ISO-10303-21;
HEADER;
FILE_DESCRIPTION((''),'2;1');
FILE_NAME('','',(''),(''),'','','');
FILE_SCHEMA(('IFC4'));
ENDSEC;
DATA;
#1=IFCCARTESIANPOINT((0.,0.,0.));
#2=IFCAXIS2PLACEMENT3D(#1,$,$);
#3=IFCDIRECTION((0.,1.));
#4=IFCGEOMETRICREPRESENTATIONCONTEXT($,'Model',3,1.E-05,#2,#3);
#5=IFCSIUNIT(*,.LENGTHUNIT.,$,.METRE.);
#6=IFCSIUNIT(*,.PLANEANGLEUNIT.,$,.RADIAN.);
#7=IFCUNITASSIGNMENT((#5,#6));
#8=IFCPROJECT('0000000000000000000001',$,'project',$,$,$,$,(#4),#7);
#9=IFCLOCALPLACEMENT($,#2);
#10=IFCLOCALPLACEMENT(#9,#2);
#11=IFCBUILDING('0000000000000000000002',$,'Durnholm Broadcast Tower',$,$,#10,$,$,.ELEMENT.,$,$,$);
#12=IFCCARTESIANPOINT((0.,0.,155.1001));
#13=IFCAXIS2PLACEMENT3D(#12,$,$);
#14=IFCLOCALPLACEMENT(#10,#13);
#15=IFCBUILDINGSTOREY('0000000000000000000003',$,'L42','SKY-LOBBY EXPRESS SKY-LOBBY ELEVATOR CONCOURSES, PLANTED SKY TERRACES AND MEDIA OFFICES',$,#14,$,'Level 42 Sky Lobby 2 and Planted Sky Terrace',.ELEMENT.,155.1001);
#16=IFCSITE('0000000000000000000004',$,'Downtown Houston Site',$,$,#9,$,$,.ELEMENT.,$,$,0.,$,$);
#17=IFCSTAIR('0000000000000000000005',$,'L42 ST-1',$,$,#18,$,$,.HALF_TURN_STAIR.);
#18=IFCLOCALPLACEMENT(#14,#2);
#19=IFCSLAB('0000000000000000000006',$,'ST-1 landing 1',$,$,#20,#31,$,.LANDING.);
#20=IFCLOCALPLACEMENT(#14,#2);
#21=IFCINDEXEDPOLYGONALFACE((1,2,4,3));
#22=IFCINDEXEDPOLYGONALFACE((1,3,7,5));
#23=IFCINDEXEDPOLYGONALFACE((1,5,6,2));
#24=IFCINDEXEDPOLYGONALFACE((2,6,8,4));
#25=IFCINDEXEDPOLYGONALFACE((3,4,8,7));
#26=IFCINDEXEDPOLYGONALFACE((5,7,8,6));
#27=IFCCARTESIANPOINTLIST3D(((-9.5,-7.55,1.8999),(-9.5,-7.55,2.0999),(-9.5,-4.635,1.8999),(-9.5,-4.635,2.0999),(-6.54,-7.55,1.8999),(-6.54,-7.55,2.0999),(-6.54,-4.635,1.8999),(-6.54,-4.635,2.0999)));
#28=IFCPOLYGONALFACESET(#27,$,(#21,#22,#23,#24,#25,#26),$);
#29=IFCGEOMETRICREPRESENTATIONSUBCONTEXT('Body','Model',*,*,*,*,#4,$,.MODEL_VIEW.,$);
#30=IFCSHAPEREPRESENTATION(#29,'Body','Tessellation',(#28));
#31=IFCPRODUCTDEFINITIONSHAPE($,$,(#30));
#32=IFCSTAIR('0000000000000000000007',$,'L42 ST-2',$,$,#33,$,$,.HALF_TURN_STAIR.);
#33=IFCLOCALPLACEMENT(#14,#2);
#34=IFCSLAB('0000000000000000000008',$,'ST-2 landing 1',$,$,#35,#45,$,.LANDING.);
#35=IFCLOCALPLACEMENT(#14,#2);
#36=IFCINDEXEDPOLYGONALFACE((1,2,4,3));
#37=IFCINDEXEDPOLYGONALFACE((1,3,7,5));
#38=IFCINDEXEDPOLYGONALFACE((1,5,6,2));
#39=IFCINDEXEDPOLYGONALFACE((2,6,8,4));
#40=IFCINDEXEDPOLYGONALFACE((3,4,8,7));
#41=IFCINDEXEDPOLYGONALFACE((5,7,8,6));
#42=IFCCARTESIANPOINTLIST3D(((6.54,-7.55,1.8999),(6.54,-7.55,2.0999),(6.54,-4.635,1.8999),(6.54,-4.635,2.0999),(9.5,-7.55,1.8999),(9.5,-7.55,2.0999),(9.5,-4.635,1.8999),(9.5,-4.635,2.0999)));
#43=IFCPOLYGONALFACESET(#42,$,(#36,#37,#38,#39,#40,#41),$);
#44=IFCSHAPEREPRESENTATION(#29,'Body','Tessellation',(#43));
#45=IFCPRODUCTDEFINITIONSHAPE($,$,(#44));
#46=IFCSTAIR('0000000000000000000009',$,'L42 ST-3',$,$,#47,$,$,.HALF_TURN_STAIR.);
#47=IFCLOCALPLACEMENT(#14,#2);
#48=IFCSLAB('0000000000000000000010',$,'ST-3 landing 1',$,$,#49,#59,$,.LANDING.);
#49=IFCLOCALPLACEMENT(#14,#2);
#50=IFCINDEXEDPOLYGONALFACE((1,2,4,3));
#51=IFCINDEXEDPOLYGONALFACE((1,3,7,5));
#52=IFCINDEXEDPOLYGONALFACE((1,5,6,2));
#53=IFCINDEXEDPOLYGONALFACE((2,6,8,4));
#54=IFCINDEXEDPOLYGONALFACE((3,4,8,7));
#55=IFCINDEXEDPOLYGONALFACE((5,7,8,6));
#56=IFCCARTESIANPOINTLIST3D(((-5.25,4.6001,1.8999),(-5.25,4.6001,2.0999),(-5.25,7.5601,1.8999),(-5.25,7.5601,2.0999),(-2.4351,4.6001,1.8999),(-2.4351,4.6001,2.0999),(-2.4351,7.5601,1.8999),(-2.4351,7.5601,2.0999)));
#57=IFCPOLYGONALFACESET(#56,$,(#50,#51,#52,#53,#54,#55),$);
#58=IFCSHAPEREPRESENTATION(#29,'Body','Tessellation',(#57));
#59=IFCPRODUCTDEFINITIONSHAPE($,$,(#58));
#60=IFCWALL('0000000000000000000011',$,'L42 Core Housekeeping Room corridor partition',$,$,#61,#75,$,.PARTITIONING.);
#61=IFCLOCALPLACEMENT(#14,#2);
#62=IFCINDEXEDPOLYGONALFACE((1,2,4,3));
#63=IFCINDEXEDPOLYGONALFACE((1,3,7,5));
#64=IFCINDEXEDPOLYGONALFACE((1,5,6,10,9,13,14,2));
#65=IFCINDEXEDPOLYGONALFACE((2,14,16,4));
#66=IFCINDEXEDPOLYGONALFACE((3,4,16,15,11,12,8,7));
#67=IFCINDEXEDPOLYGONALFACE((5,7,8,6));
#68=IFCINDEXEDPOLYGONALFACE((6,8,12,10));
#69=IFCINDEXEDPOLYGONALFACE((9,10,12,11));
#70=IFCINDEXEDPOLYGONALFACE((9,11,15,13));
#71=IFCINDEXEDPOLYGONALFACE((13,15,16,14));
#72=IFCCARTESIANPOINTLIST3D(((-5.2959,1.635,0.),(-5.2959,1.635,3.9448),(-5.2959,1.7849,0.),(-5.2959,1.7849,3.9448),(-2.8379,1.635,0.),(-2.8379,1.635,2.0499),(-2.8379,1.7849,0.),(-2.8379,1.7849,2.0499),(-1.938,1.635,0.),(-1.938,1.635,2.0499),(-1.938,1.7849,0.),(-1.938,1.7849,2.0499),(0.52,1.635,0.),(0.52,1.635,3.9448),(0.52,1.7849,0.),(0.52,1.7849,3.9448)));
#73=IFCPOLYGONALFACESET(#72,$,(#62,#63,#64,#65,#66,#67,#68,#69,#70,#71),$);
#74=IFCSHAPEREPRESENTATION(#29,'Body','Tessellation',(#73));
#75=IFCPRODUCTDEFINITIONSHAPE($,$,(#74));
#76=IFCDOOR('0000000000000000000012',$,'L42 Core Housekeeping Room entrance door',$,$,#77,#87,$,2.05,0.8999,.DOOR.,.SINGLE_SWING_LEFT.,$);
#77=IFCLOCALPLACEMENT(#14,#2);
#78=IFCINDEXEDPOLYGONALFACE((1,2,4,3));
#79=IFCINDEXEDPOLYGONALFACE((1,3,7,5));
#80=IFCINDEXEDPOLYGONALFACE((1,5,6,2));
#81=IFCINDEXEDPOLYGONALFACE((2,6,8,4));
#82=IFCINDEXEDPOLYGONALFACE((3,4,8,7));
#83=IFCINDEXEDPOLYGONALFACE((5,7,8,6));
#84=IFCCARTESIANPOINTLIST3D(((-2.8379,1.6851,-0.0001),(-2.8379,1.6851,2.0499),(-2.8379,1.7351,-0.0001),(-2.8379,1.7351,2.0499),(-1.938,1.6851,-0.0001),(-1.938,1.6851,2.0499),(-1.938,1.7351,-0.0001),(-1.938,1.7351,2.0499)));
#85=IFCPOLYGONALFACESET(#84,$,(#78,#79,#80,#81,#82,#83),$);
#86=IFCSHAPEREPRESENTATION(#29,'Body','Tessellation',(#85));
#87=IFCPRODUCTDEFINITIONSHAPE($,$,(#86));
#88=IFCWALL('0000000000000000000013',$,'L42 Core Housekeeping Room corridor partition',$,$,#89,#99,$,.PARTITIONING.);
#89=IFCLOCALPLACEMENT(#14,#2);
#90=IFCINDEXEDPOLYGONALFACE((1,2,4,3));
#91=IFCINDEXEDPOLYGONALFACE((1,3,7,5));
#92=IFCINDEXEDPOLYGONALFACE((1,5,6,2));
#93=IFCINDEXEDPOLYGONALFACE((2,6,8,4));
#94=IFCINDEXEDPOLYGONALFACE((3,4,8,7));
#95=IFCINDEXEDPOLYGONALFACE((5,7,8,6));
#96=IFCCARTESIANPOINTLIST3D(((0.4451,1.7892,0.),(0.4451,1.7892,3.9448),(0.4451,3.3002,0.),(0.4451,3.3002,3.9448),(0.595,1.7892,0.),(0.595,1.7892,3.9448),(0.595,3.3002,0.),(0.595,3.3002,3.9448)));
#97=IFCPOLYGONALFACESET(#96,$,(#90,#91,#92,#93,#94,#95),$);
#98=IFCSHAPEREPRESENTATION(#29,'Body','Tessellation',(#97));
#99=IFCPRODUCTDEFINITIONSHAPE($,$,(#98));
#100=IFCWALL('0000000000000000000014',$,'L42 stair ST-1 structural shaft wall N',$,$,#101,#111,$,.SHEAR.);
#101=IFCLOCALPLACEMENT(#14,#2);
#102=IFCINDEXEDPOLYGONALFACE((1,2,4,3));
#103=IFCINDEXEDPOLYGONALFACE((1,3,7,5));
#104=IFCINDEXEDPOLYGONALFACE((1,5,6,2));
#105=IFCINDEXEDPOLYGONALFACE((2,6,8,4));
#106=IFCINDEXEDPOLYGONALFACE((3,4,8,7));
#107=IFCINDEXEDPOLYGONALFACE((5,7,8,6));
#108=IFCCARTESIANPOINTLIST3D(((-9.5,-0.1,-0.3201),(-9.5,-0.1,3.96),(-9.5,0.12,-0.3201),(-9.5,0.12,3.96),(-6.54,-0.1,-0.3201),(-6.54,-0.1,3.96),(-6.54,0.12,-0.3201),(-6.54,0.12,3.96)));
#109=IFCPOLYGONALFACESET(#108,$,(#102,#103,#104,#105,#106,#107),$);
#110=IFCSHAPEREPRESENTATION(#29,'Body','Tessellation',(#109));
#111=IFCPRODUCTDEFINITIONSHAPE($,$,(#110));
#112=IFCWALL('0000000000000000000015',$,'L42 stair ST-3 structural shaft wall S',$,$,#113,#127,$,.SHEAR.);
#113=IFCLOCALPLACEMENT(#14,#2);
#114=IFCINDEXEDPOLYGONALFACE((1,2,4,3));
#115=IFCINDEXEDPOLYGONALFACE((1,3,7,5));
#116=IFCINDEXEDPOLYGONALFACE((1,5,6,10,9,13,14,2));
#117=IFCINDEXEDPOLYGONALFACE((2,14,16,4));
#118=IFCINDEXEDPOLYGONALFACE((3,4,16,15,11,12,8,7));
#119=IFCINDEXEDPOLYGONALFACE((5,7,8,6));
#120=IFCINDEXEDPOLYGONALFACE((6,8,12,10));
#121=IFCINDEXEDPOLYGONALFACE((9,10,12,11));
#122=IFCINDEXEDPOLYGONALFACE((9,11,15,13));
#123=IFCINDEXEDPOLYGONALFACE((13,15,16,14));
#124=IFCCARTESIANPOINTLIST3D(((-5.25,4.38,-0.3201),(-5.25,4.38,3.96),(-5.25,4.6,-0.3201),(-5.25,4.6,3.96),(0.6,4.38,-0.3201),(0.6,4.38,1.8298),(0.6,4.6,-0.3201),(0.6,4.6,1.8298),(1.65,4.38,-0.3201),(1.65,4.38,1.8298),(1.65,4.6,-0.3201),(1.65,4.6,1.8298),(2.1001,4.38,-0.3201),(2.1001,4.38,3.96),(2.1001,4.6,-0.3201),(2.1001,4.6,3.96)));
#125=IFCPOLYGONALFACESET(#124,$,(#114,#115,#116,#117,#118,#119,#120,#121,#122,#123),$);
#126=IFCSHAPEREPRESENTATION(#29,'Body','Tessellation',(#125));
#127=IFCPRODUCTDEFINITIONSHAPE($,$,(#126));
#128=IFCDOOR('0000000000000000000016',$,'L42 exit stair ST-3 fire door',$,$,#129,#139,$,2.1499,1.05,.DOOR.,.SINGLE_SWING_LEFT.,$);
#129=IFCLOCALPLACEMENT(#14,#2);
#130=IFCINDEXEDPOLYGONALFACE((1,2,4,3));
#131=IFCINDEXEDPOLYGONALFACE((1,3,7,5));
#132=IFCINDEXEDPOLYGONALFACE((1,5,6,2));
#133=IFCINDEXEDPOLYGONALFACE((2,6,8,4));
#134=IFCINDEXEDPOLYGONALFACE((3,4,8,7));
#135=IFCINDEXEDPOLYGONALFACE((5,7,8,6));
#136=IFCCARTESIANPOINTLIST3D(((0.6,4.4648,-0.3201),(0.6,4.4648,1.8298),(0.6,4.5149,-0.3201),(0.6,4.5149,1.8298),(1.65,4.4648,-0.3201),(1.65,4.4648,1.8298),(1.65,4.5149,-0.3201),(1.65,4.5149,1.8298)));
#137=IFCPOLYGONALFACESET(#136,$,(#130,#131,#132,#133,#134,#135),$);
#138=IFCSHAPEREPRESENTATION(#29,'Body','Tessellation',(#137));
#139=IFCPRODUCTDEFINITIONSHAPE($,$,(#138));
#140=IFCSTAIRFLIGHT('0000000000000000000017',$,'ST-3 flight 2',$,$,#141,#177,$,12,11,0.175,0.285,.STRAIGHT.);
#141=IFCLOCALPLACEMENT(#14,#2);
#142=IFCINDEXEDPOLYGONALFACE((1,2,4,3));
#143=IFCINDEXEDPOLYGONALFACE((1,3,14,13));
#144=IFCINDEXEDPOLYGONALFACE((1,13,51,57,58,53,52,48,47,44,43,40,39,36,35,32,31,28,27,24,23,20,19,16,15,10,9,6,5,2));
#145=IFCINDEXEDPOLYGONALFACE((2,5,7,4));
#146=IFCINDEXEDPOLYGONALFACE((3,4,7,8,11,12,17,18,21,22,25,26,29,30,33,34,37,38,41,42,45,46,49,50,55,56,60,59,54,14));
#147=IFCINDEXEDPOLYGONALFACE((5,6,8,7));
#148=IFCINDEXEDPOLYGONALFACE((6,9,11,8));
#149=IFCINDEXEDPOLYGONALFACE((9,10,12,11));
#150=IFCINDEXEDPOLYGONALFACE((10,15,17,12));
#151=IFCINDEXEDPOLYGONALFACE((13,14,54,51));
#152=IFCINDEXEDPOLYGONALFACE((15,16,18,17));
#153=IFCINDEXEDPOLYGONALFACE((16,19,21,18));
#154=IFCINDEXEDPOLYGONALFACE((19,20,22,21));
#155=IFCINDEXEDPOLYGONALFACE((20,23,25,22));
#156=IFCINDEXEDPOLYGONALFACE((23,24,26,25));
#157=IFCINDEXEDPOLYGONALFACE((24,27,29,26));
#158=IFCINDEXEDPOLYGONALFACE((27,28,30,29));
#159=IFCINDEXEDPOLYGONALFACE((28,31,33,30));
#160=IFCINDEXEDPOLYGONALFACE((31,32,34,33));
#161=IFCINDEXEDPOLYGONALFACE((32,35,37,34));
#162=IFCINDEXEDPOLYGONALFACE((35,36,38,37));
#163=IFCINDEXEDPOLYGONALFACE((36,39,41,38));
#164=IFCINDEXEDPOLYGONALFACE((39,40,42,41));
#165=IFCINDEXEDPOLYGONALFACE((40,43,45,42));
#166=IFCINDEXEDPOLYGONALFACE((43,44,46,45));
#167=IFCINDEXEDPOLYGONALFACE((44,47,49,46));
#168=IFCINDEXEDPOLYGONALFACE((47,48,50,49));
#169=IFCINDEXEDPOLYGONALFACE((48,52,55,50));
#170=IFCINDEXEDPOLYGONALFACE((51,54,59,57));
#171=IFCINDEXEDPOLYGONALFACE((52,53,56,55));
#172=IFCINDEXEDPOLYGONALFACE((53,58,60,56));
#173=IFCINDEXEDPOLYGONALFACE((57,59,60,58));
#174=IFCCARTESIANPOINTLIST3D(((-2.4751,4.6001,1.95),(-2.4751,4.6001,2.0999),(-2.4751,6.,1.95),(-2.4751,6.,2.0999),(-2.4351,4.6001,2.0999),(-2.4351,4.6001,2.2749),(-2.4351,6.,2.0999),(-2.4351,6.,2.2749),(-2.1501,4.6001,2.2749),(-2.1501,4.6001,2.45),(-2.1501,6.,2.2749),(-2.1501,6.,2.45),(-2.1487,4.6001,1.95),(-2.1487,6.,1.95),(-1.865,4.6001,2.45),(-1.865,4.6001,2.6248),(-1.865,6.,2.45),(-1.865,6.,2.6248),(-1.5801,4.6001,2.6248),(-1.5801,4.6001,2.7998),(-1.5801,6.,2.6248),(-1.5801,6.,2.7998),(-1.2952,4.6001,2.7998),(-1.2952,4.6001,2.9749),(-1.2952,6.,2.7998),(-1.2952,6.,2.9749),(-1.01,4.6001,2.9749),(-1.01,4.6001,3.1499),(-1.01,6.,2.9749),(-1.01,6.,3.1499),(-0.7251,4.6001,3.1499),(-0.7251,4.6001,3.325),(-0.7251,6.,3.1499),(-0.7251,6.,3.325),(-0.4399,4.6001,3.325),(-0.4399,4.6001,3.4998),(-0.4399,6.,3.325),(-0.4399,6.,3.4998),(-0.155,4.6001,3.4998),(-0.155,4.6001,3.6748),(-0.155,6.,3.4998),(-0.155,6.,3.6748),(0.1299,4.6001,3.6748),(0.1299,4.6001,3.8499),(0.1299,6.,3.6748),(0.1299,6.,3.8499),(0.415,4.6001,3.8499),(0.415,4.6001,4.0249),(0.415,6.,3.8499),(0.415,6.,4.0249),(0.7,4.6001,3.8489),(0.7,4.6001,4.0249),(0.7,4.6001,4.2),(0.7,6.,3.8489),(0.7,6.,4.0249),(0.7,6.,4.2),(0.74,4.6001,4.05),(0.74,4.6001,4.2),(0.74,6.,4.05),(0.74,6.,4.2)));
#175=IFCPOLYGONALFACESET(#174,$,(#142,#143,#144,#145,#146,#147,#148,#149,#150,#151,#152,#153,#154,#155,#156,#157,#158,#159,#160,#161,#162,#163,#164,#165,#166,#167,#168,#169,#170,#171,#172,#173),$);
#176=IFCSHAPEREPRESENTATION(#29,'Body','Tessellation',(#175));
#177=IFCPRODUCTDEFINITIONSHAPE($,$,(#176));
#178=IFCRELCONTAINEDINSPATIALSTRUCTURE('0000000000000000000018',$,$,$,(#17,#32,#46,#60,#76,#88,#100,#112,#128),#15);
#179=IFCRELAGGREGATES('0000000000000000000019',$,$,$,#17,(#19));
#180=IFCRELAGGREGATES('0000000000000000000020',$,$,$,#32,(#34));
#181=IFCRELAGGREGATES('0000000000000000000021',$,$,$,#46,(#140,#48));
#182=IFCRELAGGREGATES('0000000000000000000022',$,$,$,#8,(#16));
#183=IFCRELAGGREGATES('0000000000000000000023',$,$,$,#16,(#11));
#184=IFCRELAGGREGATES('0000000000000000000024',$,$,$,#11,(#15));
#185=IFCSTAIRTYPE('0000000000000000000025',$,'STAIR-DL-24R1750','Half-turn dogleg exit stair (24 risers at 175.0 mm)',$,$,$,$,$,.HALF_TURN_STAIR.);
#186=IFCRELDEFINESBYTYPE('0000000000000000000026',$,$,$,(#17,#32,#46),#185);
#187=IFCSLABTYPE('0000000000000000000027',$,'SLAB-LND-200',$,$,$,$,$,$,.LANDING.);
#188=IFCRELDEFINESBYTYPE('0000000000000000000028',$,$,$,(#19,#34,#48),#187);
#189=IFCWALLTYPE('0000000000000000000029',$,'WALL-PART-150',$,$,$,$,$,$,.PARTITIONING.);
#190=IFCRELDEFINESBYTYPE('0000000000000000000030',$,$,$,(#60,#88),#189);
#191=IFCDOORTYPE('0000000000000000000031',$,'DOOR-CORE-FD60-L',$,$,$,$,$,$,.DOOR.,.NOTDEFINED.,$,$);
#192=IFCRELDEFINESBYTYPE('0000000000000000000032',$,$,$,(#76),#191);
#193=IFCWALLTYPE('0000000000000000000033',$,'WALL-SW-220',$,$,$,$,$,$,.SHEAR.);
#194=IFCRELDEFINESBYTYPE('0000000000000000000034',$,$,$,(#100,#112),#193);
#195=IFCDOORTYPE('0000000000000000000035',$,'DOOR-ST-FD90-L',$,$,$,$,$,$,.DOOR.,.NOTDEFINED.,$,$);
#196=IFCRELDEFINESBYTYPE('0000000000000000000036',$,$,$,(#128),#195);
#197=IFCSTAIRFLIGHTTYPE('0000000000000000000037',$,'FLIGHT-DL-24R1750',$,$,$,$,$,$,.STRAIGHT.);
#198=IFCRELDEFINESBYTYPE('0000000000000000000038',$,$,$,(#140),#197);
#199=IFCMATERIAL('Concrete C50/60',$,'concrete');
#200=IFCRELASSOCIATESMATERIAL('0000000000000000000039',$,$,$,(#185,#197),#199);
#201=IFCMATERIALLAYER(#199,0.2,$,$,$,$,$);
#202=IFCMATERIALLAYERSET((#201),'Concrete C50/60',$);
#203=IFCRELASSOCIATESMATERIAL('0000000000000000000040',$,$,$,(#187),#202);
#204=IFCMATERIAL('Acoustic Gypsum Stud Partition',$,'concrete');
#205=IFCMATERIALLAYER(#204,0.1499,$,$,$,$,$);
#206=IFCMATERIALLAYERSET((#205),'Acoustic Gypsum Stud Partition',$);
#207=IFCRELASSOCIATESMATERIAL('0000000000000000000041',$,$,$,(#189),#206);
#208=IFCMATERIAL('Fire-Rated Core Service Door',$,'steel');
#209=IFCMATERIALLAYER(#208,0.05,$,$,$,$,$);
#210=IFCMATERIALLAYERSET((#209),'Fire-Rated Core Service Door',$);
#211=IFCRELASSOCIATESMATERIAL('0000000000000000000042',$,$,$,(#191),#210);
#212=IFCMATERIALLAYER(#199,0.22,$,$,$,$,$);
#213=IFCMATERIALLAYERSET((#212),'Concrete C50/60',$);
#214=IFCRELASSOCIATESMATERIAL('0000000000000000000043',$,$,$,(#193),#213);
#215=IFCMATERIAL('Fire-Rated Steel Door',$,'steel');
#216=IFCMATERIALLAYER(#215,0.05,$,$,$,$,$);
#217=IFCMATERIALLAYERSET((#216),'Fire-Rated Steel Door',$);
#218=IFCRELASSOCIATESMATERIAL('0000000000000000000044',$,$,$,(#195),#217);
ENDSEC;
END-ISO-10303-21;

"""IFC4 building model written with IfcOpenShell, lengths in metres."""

from ifc_helpers import new_model, si_unit, direction, frame, frame_2d, origin, place, context, subcontext, project, spatial, polyline, rectangle, outline, extrude, source, transform, mapped, material, layer, layer_set, type_object, type_shapes, element, fill, aggregate, save


model = new_model("IFC4")

# Units and contexts
model_context = context("Model", 3, precision=1e-05, world=origin(), true_north=direction((0.0, 1.0)))
body_context = subcontext(model_context, "Body", "Model", "MODEL_VIEW")
ifc_project = project(units=[si_unit("LENGTHUNIT", "METRE"), si_unit("PLANEANGLEUNIT", "RADIAN")], contexts=[model_context])

# Site, building, storey
site_placement = place(None, origin())
site = spatial("IfcSite", under=ifc_project, at=site_placement, Name="Downtown Houston Site", CompositionType="ELEMENT", RefElevation=0.0)
building_placement = place(site_placement, origin())
building = spatial("IfcBuilding", under=site, at=building_placement, Name="Durnholm Broadcast Tower", CompositionType="ELEMENT")
storey_placement = place(building_placement, frame((0.0, 0.0, 155.1001)))
storey = spatial("IfcBuildingStorey", under=building, at=storey_placement, Name="L42", Description="SKY-LOBBY EXPRESS SKY-LOBBY ELEVATOR CONCOURSES, PLANTED SKY TERRACES AND MEDIA OFFICES", LongName="Level 42 Sky Lobby 2 and Planted Sky Terrace", CompositionType="ELEMENT", Elevation=155.1001)

# Stairs, slabs
ifc_material_1 = material(Name="Concrete C50/60", Category="concrete")
stair_type = type_object("IfcStairType", Name="STAIR-DL-24R1750", Description="Half-turn dogleg exit stair (24 risers at 175.0 mm)", PredefinedType="HALF_TURN_STAIR", material=ifc_material_1)
stair_1_placement = place(storey_placement, origin())
stair_1 = element("IfcStair", 1, at=stair_1_placement, inside=storey, type_object=stair_type, Name="L42 ST-1", PredefinedType="HALF_TURN_STAIR")
ifc_layer_1 = layer(ifc_material_1, 0.2)
ifc_layer_set_1 = layer_set([ifc_layer_1], Name="Concrete C50/60")
slab_type = type_object("IfcSlabType", Name="SLAB-LND-200", PredefinedType="LANDING", material=ifc_layer_set_1)
slab_1_placement = place(storey_placement, frame((0.0, 0.0, 1.8999)))
slab_1 = element("IfcSlab", 2, at=slab_1_placement, type_object=slab_type, Name="ST-1 landing 1", PredefinedType="LANDING", context=body_context, shape_type="SweptSolid", body=[
    extrude(outline(polyline([(-9.5, -4.635), (-9.5, -7.55), (-6.54, -7.55), (-6.54, -4.635), (-9.5, -4.635)])), origin(), (0.0, 0.0, 1.0), 0.2),
])
aggregate(stair_1, [slab_1])
stair_2_placement = place(storey_placement, origin())
stair_2 = element("IfcStair", 3, at=stair_2_placement, inside=storey, type_object=stair_type, Name="L42 ST-2", PredefinedType="HALF_TURN_STAIR")
slab_2_placement = place(storey_placement, frame((0.0, 0.0, 1.8999)))
slab_2 = element("IfcSlab", 4, at=slab_2_placement, type_object=slab_type, Name="ST-2 landing 1", PredefinedType="LANDING", context=body_context, shape_type="SweptSolid", body=[
    extrude(outline(polyline([(6.54, -4.635), (6.54, -7.55), (9.5, -7.55), (9.5, -4.635), (6.54, -4.635)])), origin(), (0.0, 0.0, 1.0), 0.2),
])
aggregate(stair_2, [slab_2])
stair_3_placement = place(storey_placement, origin())
stair_3 = element("IfcStair", 5, at=stair_3_placement, inside=storey, type_object=stair_type, Name="L42 ST-3", PredefinedType="HALF_TURN_STAIR")
slab_3_placement = place(storey_placement, frame((0.0, 0.0, 1.8999)))
slab_3 = element("IfcSlab", 6, at=slab_3_placement, type_object=slab_type, Name="ST-3 landing 1", PredefinedType="LANDING", context=body_context, shape_type="SweptSolid", body=[
    extrude(outline(polyline([(-2.4351, 7.5601), (-5.25, 7.5601), (-5.25, 4.6001), (-2.4351, 4.6001), (-2.4351, 7.5601)])), origin(), (0.0, 0.0, 1.0), 0.2),
])

# Wall, opening, door
ifc_material_2 = material(Name="Acoustic Gypsum Stud Partition", Category="concrete")
ifc_layer_2 = layer(ifc_material_2, 0.1499)
ifc_layer_set_2 = layer_set([ifc_layer_2], Name="Acoustic Gypsum Stud Partition")
wall_type_1 = type_object("IfcWallType", Name="WALL-PART-150", PredefinedType="PARTITIONING", material=ifc_layer_set_2)
wall_1_placement = place(storey_placement, frame((0.52, 1.71, 0.0), z_axis=(0.0, 0.0, 1.0), x_axis=(-1.0, 0.0, 0.0)))
wall_1 = element("IfcWall", 7, at=wall_1_placement, inside=storey, type_object=wall_type_1, Name="L42 Core Housekeeping Room corridor partition", PredefinedType="PARTITIONING", context=body_context, shape_type="SweptSolid", body=[
    extrude(rectangle(XDim=5.8159, YDim=0.1499, at=frame_2d((2.908, 0.0))), origin(), (0.0, 0.0, 1.0), 3.9448),
])
opening_1_placement = place(wall_1_placement, frame((2.458, 0.0, 0.0)))
opening_1 = element("IfcOpeningElement", 8, at=opening_1_placement, cuts=wall_1, PredefinedType="OPENING", context=body_context, shape_type="SweptSolid", body=[
    extrude(rectangle(XDim=0.8999, YDim=2.05, at=frame_2d((0.45, 1.0249))), frame((0.0, 0.085, 0.0), z_axis=(0.0, -1.0, 0.0), x_axis=(1.0, 0.0, 0.0)), (0.0, 0.0, 1.0), 0.1699),
])
ifc_material_3 = material(Name="Fire-Rated Core Service Door", Category="steel")
ifc_layer_3 = layer(ifc_material_3, 0.05)
ifc_layer_set_3 = layer_set([ifc_layer_3], Name="Fire-Rated Core Service Door")
door_type_1 = type_object("IfcDoorType", Name="DOOR-CORE-FD60-L", OperationType="NOTDEFINED", PredefinedType="DOOR", material=ifc_layer_set_3)
shared_shape_1 = source(origin(), body_context, "Body", "SweptSolid", [
    extrude(rectangle(XDim=0.8999, YDim=2.05, at=frame_2d((0.45, 1.0249))), frame((0.0, 0.0249, 0.0), z_axis=(0.0, -1.0, 0.0), x_axis=(1.0, 0.0, 0.0)), (0.0, 0.0, 1.0), 0.05),
])
type_shapes(door_type_1, [shared_shape_1])
door_1_placement = place(opening_1_placement, origin())
door_1 = element("IfcDoor", 9, at=door_1_placement, inside=storey, type_object=door_type_1, Name="L42 Core Housekeeping Room entrance door", OperationType="SINGLE_SWING_LEFT", OverallHeight=2.05, OverallWidth=0.8999, PredefinedType="DOOR", context=body_context, shape_type="MappedRepresentation", body=[
    mapped(shared_shape_1, transform((0.0, 0.0, 0.0), x_axis=(1.0, 0.0, 0.0), y_axis=(0.0, 1.0, 0.0), z_axis=(0.0, 0.0, 1.0), scale=1.0)),
])
fill(opening_1, door_1)

# Walls
wall_2_placement = place(storey_placement, frame((0.52, 3.3, 0.0), z_axis=(0.0, 0.0, 1.0), x_axis=(0.0, -1.0, 0.0)))
element("IfcWall", 10, at=wall_2_placement, inside=storey, type_object=wall_type_1, Name="L42 Core Housekeeping Room corridor partition", PredefinedType="PARTITIONING", context=body_context, shape_type="SweptSolid", body=[
    extrude(rectangle(XDim=1.511, YDim=0.1499, at=frame_2d((0.7554, 0.0))), origin(), (0.0, 0.0, 1.0), 3.9448),
])
ifc_layer_4 = layer(ifc_material_1, 0.22)
ifc_layer_set_4 = layer_set([ifc_layer_4], Name="Concrete C50/60")
wall_type_2 = type_object("IfcWallType", Name="WALL-SW-220", PredefinedType="SHEAR", material=ifc_layer_set_4)
wall_3_placement = place(storey_placement, frame((-6.54, 0.01, -0.3201), z_axis=(0.0, 0.0, 1.0), x_axis=(-1.0, 0.0, 0.0)))
element("IfcWall", 11, at=wall_3_placement, inside=storey, type_object=wall_type_2, Name="L42 stair ST-1 structural shaft wall N", PredefinedType="SHEAR", context=body_context, shape_type="SweptSolid", body=[
    extrude(rectangle(XDim=2.96, YDim=0.22, at=frame_2d((1.48, 0.0))), origin(), (0.0, 0.0, 1.0), 4.28),
])

# Wall, opening, door
wall_4_placement = place(storey_placement, frame((-5.25, 4.49, -0.3201), z_axis=(0.0, 0.0, 1.0), x_axis=(1.0, 0.0, 0.0)))
wall_4 = element("IfcWall", 12, at=wall_4_placement, inside=storey, type_object=wall_type_2, Name="L42 stair ST-3 structural shaft wall S", PredefinedType="SHEAR", context=body_context, shape_type="SweptSolid", body=[
    extrude(rectangle(XDim=7.3501, YDim=0.22, at=frame_2d((3.675, 0.0))), origin(), (0.0, 0.0, 1.0), 4.28),
])
opening_2_placement = place(wall_4_placement, frame((5.8501, 0.0, 0.0)))
opening_2 = element("IfcOpeningElement", 13, at=opening_2_placement, cuts=wall_4, PredefinedType="OPENING", context=body_context, shape_type="SweptSolid", body=[
    extrude(rectangle(XDim=1.05, YDim=2.1499, at=frame_2d((0.5249, 1.075))), frame((0.0, 0.1201, 0.0), z_axis=(0.0, -1.0, 0.0), x_axis=(1.0, 0.0, 0.0)), (0.0, 0.0, 1.0), 0.24),
])
ifc_material_4 = material(Name="Fire-Rated Steel Door", Category="steel")
ifc_layer_5 = layer(ifc_material_4, 0.05)
ifc_layer_set_5 = layer_set([ifc_layer_5], Name="Fire-Rated Steel Door")
door_type_2 = type_object("IfcDoorType", Name="DOOR-ST-FD90-L", OperationType="NOTDEFINED", PredefinedType="DOOR", material=ifc_layer_set_5)
shared_shape_2 = source(origin(), body_context, "Body", "SweptSolid", [
    extrude(rectangle(XDim=1.05, YDim=2.1499, at=frame_2d((0.5249, 1.075))), frame((0.0, 0.0249, 0.0), z_axis=(0.0, -1.0, 0.0), x_axis=(1.0, 0.0, 0.0)), (0.0, 0.0, 1.0), 0.05),
])
type_shapes(door_type_2, [shared_shape_2])
door_2_placement = place(opening_2_placement, origin())
door_2 = element("IfcDoor", 14, at=door_2_placement, inside=storey, type_object=door_type_2, Name="L42 exit stair ST-3 fire door", OperationType="SINGLE_SWING_LEFT", OverallHeight=2.1499, OverallWidth=1.05, PredefinedType="DOOR", context=body_context, shape_type="MappedRepresentation", body=[
    mapped(shared_shape_2, transform((0.0, 0.0, 0.0), x_axis=(1.0, 0.0, 0.0), y_axis=(0.0, 1.0, 0.0), z_axis=(0.0, 0.0, 1.0), scale=1.0)),
])
fill(opening_2, door_2)

# Stair flight
stair_flight_type = type_object("IfcStairFlightType", Name="FLIGHT-DL-24R1750", PredefinedType="STRAIGHT", material=ifc_material_1)
stair_flight_placement = place(storey_placement, frame((-2.4351, 5.3, 2.0999), z_axis=(0.0, 0.0, 1.0), x_axis=(1.0, 0.0, 0.0)))
stair_flight = element("IfcStairFlight", 15, at=stair_flight_placement, type_object=stair_flight_type, Name="ST-3 flight 2", NumberOfRisers=12, NumberOfTreads=11, PredefinedType="STRAIGHT", RiserHeight=0.175, TreadLength=0.285, context=body_context, shape_type="SweptSolid", body=[
    extrude(outline(polyline([(-0.04, -0.1499), (-0.04, 0.0), (0.0, 0.0), (0.0, 0.175), (0.2849, 0.175), (0.2849, 0.3501), (0.5701, 0.3501), (0.5701, 0.5249), (0.855, 0.5249), (0.855, 0.7), (1.1399, 0.7), (1.1399, 0.875), (1.425, 0.875), (1.425, 1.05), (1.71, 1.05), (1.71, 1.2251), (1.9951, 1.2251), (1.9951, 1.3999), (2.28, 1.3999), (2.28, 1.575), (2.5649, 1.575), (2.5649, 1.75), (2.8501, 1.75), (2.8501, 1.925), (3.135, 1.925), (3.135, 2.1001), (3.175, 2.1001), (3.175, 1.9502), (3.135, 1.749), (0.2864, -0.1499), (-0.04, -0.1499)])), frame((0.0, 0.7, 0.0), z_axis=(0.0, -1.0, 0.0), x_axis=(1.0, 0.0, 0.0)), (0.0, 0.0, 1.0), 1.3999),
])
aggregate(stair_3, [stair_flight, slab_3])

save(model, "model.ifc")
